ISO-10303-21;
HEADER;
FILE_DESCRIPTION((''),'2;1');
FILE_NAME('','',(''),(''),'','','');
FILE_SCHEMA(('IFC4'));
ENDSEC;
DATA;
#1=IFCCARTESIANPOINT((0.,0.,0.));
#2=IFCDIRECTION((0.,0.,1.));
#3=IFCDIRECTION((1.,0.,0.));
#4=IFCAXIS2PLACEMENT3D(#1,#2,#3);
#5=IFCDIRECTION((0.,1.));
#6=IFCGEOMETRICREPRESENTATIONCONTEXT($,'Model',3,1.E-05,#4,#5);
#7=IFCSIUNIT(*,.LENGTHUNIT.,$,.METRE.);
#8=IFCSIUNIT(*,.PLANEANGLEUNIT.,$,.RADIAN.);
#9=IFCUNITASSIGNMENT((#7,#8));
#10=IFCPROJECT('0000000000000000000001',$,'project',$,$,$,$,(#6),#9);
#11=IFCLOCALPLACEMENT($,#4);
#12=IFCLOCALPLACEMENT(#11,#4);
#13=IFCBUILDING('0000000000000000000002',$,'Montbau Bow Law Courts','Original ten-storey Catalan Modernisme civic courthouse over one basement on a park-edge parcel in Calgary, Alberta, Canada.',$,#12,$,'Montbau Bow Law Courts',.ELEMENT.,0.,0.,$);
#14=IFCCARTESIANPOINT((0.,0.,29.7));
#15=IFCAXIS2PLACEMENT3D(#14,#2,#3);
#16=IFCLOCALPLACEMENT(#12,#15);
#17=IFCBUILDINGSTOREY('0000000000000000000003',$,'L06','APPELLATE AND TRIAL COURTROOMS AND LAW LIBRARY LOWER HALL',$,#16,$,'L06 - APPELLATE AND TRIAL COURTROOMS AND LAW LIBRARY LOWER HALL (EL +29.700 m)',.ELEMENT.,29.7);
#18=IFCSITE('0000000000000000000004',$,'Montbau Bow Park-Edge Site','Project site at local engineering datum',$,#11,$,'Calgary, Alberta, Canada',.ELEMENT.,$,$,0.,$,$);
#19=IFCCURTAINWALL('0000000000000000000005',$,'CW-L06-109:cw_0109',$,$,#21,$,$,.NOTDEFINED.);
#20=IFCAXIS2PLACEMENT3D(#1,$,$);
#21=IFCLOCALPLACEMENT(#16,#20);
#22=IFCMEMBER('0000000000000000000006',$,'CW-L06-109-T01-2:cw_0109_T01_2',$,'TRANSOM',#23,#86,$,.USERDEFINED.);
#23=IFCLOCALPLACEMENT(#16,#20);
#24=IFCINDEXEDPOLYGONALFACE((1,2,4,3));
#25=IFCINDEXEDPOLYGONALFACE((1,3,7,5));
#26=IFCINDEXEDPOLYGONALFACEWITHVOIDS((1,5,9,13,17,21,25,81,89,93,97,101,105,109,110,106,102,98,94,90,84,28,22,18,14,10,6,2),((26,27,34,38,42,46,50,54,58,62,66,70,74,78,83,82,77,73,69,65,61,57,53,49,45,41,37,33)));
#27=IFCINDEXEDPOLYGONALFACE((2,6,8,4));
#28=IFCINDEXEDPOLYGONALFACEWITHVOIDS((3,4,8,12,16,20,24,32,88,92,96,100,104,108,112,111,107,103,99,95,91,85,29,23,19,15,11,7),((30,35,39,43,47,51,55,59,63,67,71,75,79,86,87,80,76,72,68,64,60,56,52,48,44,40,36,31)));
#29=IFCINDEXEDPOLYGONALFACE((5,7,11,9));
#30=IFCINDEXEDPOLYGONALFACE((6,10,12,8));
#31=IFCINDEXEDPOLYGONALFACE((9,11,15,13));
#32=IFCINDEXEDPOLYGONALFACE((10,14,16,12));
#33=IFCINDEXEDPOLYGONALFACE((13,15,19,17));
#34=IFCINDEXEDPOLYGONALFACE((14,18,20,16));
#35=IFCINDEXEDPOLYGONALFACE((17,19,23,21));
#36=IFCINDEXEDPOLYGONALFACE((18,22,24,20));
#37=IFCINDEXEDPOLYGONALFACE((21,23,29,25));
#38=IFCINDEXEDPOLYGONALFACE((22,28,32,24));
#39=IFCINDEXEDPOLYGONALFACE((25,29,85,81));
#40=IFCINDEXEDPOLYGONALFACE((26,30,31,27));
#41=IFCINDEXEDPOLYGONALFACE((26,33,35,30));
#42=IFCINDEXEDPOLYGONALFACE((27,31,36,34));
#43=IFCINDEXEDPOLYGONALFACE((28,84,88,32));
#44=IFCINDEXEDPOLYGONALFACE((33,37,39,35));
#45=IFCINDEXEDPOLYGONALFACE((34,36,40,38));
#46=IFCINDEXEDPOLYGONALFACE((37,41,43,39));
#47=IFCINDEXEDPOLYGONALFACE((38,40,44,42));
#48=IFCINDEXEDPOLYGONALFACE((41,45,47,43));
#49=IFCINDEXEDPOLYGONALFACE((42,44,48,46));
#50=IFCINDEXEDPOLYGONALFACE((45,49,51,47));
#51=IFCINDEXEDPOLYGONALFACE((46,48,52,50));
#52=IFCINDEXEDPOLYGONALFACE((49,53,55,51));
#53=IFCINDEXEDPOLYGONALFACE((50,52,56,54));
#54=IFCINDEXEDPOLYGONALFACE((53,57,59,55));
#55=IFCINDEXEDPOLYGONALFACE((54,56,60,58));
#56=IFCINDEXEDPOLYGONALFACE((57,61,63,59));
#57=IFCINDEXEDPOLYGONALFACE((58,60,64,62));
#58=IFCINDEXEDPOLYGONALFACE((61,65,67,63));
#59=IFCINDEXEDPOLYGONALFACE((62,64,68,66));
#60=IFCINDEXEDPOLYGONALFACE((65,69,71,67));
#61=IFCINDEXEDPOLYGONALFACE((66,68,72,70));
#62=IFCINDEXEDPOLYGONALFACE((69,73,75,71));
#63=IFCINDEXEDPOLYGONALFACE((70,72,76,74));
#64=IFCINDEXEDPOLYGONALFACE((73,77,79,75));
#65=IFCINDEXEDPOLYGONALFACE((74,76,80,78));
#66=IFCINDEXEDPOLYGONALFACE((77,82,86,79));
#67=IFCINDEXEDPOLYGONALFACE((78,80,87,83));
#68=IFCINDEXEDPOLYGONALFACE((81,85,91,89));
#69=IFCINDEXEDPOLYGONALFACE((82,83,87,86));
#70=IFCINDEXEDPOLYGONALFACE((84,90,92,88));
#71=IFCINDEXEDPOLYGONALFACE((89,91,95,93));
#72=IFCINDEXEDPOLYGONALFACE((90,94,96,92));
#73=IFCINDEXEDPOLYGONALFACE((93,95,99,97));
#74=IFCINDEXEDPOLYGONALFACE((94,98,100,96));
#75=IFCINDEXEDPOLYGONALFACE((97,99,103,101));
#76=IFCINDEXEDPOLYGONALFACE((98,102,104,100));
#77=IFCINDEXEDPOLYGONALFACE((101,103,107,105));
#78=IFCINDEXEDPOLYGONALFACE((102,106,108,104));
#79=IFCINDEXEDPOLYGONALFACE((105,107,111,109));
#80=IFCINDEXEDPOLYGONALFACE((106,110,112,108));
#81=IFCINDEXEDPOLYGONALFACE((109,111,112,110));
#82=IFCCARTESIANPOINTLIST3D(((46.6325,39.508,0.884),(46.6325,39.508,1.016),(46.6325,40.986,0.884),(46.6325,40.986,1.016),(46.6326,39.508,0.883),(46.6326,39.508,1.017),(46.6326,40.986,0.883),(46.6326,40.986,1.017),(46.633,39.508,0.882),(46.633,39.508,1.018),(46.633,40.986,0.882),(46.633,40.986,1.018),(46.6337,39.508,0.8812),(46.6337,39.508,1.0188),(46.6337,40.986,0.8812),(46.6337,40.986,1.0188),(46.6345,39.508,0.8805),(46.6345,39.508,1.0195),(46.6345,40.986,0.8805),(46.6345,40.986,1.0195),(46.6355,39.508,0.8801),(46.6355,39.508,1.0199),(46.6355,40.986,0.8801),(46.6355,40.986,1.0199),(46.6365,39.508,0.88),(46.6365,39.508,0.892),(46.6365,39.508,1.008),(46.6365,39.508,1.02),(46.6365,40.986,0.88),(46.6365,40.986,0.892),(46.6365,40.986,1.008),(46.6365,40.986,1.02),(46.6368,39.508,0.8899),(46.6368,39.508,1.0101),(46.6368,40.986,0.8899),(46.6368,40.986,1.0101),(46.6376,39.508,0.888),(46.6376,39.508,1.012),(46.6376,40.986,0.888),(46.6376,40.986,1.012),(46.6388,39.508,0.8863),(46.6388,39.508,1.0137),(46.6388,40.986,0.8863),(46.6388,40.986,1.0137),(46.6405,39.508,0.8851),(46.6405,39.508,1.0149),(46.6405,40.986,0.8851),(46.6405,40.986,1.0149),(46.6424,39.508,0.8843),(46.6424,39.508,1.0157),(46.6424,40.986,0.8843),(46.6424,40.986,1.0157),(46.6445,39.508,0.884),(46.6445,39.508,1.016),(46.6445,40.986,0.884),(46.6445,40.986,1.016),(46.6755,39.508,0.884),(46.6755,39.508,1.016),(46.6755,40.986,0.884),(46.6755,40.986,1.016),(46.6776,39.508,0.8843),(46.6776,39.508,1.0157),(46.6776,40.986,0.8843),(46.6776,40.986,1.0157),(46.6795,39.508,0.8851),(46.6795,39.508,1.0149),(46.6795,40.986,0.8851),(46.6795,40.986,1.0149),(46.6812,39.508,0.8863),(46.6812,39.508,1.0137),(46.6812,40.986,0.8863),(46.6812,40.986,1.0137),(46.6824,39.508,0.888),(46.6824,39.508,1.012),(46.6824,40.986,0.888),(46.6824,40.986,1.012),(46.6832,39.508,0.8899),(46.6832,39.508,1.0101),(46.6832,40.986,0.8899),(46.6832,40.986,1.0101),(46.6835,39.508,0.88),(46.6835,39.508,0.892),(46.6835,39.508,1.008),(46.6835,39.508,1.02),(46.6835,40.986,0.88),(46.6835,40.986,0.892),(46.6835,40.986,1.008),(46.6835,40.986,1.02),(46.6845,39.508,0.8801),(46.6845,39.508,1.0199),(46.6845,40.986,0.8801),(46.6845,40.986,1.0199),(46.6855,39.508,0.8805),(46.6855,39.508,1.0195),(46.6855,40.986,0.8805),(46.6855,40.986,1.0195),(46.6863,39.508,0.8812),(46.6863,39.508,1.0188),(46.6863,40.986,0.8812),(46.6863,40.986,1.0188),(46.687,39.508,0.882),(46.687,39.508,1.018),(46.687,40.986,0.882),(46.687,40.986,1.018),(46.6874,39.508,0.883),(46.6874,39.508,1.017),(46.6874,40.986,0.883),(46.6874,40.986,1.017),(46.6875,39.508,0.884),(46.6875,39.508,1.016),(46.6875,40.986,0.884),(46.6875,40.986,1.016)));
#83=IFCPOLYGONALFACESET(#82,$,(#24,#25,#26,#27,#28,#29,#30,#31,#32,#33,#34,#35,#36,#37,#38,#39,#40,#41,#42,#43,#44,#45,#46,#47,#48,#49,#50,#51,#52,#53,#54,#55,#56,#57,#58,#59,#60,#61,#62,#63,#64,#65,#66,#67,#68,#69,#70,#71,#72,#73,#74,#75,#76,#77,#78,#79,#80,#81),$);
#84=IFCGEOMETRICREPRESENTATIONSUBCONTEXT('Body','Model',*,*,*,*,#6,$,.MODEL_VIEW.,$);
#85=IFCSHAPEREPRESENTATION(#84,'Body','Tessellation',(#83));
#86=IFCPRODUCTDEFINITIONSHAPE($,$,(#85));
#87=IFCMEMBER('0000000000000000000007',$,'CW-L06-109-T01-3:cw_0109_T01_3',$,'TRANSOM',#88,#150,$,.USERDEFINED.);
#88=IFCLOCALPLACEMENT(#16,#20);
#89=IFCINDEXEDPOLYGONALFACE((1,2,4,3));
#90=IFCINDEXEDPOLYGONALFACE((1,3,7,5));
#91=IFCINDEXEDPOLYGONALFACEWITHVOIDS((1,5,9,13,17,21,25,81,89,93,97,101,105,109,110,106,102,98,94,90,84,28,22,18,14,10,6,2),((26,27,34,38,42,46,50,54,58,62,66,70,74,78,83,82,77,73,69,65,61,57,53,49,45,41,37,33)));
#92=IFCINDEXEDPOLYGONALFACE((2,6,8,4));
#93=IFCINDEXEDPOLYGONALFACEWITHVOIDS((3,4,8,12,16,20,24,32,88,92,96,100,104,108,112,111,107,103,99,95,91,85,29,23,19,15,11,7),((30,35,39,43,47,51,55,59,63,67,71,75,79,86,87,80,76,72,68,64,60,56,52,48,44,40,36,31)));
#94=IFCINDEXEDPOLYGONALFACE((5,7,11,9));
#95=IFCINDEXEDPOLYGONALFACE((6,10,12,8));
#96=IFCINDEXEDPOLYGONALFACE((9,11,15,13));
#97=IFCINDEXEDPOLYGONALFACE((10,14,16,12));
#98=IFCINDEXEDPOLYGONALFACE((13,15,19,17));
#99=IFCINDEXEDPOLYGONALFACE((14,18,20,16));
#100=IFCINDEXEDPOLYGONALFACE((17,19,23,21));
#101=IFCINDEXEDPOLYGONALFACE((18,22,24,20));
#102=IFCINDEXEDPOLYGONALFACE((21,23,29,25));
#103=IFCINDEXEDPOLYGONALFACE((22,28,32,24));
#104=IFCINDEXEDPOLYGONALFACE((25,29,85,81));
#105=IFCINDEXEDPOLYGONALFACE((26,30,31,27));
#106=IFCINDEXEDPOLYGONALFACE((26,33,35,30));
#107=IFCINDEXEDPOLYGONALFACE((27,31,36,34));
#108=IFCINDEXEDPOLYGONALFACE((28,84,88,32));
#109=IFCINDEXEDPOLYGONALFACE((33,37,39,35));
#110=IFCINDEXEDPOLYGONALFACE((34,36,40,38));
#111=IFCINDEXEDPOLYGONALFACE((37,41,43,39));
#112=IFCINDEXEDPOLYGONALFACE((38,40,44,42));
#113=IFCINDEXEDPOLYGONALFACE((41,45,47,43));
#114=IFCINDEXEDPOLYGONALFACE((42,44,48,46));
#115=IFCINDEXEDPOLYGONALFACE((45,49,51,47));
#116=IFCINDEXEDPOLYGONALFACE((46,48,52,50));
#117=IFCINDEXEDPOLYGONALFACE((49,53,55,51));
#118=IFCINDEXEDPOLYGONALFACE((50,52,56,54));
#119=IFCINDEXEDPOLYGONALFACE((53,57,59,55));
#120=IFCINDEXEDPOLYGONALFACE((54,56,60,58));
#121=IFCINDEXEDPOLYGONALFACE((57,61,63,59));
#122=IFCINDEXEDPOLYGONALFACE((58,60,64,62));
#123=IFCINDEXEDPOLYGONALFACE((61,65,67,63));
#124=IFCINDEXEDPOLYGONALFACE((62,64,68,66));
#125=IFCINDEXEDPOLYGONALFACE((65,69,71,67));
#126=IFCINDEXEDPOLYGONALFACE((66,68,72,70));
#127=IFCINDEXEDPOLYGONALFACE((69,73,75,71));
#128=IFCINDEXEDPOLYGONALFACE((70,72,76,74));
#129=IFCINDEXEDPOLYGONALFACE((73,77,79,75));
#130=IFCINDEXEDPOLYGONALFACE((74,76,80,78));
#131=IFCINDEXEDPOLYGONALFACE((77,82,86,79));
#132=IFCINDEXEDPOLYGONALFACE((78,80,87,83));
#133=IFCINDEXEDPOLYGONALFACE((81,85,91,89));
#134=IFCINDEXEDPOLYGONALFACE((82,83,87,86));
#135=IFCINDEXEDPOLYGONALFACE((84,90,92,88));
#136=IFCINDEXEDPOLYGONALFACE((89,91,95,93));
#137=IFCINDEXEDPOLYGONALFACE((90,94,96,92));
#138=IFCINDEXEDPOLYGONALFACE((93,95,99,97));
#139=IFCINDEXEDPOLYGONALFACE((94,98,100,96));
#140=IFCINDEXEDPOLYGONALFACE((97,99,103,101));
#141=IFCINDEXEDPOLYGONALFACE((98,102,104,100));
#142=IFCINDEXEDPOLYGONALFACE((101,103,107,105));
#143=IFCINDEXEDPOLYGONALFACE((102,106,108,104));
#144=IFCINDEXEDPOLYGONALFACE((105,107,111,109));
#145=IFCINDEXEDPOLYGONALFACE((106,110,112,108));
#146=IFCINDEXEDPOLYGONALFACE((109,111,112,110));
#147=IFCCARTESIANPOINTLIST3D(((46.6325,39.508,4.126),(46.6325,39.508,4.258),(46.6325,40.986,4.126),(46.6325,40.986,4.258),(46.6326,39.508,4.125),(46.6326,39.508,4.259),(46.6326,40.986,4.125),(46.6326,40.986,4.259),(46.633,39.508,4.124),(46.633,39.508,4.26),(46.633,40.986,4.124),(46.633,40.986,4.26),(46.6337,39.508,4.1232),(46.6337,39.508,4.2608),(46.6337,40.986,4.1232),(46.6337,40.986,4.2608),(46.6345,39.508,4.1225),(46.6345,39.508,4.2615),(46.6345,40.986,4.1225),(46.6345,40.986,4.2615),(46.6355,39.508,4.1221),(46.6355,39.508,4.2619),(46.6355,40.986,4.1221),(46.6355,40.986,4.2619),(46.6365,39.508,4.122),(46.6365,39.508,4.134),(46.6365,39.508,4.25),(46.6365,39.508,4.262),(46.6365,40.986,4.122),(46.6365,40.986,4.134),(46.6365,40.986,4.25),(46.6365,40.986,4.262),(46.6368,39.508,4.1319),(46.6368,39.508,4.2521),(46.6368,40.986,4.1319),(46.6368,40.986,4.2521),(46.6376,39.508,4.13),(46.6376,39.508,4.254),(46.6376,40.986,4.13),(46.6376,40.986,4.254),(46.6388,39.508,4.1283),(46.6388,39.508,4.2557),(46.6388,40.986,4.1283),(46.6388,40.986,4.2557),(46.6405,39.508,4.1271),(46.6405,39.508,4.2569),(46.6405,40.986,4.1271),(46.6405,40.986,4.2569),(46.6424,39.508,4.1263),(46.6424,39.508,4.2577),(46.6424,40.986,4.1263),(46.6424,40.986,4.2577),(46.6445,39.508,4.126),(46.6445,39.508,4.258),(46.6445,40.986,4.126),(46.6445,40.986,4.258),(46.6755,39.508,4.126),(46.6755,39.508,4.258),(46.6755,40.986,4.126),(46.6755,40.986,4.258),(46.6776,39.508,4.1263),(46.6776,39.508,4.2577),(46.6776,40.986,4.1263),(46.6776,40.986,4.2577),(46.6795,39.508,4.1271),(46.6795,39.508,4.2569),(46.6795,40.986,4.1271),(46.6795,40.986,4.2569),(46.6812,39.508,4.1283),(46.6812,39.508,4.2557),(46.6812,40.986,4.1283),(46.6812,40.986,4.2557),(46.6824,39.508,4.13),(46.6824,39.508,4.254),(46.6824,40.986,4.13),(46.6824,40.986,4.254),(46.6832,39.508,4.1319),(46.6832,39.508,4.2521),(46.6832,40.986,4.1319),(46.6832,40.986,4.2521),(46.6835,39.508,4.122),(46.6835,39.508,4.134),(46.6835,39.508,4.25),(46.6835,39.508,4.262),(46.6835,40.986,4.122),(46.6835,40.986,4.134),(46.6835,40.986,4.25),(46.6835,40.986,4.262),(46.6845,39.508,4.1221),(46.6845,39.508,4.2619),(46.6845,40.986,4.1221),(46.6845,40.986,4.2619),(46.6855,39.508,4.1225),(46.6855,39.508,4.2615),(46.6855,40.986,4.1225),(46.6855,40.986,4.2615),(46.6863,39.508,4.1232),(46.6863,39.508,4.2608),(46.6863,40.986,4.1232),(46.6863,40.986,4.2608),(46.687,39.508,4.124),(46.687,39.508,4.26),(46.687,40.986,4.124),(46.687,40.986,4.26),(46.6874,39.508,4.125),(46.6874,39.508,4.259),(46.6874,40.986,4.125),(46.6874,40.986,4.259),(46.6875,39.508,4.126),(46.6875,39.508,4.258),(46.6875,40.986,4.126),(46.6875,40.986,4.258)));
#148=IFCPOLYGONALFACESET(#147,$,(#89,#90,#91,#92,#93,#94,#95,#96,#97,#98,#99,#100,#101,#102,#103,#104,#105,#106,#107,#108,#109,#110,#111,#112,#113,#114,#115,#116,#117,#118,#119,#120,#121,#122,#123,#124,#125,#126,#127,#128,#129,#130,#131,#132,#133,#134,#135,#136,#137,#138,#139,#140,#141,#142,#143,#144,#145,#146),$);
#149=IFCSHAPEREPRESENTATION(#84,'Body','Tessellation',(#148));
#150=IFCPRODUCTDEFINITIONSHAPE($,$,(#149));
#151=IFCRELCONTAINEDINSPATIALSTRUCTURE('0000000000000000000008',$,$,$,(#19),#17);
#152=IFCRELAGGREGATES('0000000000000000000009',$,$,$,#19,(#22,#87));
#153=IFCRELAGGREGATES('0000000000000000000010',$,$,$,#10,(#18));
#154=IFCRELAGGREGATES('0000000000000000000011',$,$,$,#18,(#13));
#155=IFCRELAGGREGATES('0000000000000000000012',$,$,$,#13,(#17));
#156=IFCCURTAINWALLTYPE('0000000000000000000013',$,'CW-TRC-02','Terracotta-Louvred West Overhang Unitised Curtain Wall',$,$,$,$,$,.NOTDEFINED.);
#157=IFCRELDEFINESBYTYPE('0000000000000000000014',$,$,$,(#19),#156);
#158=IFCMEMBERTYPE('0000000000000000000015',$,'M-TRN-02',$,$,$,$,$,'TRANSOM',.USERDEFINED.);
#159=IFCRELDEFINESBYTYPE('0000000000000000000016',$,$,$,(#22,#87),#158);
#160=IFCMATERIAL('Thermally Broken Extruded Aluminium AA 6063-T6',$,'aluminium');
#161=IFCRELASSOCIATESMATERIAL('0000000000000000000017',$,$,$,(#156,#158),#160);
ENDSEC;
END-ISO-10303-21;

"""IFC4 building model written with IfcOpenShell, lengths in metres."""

from ifc_helpers import new_model, si_unit, direction, frame, origin_with_axes, origin_2d_with_axis, place, context, subcontext, project, spatial, hollow_rectangle, extrude, material, material_profile, profile_set, type_object, element, aggregate, save


model = new_model("IFC4")

# Units and contexts
model_context = context("Model", 3, precision=1e-05, world=origin_with_axes(), true_north=direction((0.0, 1.0)))
body_context = subcontext(model_context, "Body", "Model", "MODEL_VIEW")
ifc_project = project(units=[si_unit("LENGTHUNIT", "METRE"), si_unit("PLANEANGLEUNIT", "RADIAN")], contexts=[model_context])

# Site, building, storey
site_placement = place(None, origin_with_axes())
site = spatial("IfcSite", under=ifc_project, at=site_placement, Name="Montbau Bow Park-Edge Site", Description="Project site at local engineering datum", LongName="Calgary, Alberta, Canada", CompositionType="ELEMENT", RefElevation=0.0)
building_placement = place(site_placement, origin_with_axes())
building = spatial("IfcBuilding", under=site, at=building_placement, Name="Montbau Bow Law Courts", Description="Original ten-storey Catalan Modernisme civic courthouse over one basement on a park-edge parcel in Calgary, Alberta, Canada.", LongName="Montbau Bow Law Courts", CompositionType="ELEMENT", ElevationOfRefHeight=0.0, ElevationOfTerrain=0.0)
storey_placement = place(building_placement, frame((0.0, 0.0, 29.7), z_axis=(0.0, 0.0, 1.0), x_axis=(1.0, 0.0, 0.0)))
storey = spatial("IfcBuildingStorey", under=building, at=storey_placement, Name="L06", Description="APPELLATE AND TRIAL COURTROOMS AND LAW LIBRARY LOWER HALL", LongName="L06 - APPELLATE AND TRIAL COURTROOMS AND LAW LIBRARY LOWER HALL (EL +29.700 m)", CompositionType="ELEMENT", Elevation=29.7)

# Shared definitions
ifc_material_1 = material(Name="Thermally Broken Extruded Aluminium AA 6063-T6", Category="aluminium")
curtain_wall_type = type_object("IfcCurtainWallType", Name="CW-TRC-02", Description="Terracotta-Louvred West Overhang Unitised Curtain Wall", PredefinedType="NOTDEFINED", material=ifc_material_1)

# Curtain wall
curtain_wall_1_placement = place(None, frame((46.66, 39.44, 29.7), z_axis=(0.0, 0.0, 1.0), x_axis=(1.0, 0.0, 0.0)))
curtain_wall_1 = element("IfcCurtainWall", 1, at=curtain_wall_1_placement, inside=storey, type_object=curtain_wall_type, Name="CW-L06-109:cw_0109", PredefinedType="NOTDEFINED")

# Members
ifc_material_profile_1 = material_profile(ifc_material_1, hollow_rectangle(XDim=0.055, YDim=0.14, WallThickness=0.004, InnerFilletRadius=0.008, OuterFilletRadius=0.004, at=origin_2d_with_axis()), Name="CWT-140X55", Category="Main", Priority=0)
ifc_profile_set_1 = profile_set([ifc_material_profile_1], Name="Thermally Broken Extruded Aluminium AA 6063-T6")
member_type_1 = type_object("IfcMemberType", Name="M-TRN-02", ElementType="TRANSOM", PredefinedType="USERDEFINED", material=ifc_profile_set_1)
member_1_placement = place(None, frame((46.66, 39.508, 30.65), z_axis=(0.0, 1.0, 0.0), x_axis=(-1.0, 0.0, 0.0)))
member_1 = element("IfcMember", 2, at=member_1_placement, type_object=member_type_1, Name="CW-L06-109-T01-2:cw_0109_T01_2", ObjectType="TRANSOM", PredefinedType="USERDEFINED", context=body_context, shape_type="SweptSolid", body=[
    extrude(hollow_rectangle(XDim=0.055, YDim=0.14, WallThickness=0.004, InnerFilletRadius=0.008, OuterFilletRadius=0.004, at=origin_2d_with_axis()), origin_with_axes(), (0.0, 0.0, 1.0), 1.478),
])
member_2_placement = place(None, frame((46.66, 39.508, 33.892), z_axis=(0.0, 1.0, 0.0), x_axis=(-1.0, 0.0, 0.0)))
member_2 = element("IfcMember", 3, at=member_2_placement, type_object=member_type_1, Name="CW-L06-109-T01-3:cw_0109_T01_3", ObjectType="TRANSOM", PredefinedType="USERDEFINED", context=body_context, shape_type="SweptSolid", body=[
    extrude(hollow_rectangle(XDim=0.055, YDim=0.14, WallThickness=0.004, InnerFilletRadius=0.008, OuterFilletRadius=0.004, at=origin_2d_with_axis()), origin_with_axes(), (0.0, 0.0, 1.0), 1.478),
])

aggregate(curtain_wall_1, [member_1, member_2])

save(model, "model.ifc")
